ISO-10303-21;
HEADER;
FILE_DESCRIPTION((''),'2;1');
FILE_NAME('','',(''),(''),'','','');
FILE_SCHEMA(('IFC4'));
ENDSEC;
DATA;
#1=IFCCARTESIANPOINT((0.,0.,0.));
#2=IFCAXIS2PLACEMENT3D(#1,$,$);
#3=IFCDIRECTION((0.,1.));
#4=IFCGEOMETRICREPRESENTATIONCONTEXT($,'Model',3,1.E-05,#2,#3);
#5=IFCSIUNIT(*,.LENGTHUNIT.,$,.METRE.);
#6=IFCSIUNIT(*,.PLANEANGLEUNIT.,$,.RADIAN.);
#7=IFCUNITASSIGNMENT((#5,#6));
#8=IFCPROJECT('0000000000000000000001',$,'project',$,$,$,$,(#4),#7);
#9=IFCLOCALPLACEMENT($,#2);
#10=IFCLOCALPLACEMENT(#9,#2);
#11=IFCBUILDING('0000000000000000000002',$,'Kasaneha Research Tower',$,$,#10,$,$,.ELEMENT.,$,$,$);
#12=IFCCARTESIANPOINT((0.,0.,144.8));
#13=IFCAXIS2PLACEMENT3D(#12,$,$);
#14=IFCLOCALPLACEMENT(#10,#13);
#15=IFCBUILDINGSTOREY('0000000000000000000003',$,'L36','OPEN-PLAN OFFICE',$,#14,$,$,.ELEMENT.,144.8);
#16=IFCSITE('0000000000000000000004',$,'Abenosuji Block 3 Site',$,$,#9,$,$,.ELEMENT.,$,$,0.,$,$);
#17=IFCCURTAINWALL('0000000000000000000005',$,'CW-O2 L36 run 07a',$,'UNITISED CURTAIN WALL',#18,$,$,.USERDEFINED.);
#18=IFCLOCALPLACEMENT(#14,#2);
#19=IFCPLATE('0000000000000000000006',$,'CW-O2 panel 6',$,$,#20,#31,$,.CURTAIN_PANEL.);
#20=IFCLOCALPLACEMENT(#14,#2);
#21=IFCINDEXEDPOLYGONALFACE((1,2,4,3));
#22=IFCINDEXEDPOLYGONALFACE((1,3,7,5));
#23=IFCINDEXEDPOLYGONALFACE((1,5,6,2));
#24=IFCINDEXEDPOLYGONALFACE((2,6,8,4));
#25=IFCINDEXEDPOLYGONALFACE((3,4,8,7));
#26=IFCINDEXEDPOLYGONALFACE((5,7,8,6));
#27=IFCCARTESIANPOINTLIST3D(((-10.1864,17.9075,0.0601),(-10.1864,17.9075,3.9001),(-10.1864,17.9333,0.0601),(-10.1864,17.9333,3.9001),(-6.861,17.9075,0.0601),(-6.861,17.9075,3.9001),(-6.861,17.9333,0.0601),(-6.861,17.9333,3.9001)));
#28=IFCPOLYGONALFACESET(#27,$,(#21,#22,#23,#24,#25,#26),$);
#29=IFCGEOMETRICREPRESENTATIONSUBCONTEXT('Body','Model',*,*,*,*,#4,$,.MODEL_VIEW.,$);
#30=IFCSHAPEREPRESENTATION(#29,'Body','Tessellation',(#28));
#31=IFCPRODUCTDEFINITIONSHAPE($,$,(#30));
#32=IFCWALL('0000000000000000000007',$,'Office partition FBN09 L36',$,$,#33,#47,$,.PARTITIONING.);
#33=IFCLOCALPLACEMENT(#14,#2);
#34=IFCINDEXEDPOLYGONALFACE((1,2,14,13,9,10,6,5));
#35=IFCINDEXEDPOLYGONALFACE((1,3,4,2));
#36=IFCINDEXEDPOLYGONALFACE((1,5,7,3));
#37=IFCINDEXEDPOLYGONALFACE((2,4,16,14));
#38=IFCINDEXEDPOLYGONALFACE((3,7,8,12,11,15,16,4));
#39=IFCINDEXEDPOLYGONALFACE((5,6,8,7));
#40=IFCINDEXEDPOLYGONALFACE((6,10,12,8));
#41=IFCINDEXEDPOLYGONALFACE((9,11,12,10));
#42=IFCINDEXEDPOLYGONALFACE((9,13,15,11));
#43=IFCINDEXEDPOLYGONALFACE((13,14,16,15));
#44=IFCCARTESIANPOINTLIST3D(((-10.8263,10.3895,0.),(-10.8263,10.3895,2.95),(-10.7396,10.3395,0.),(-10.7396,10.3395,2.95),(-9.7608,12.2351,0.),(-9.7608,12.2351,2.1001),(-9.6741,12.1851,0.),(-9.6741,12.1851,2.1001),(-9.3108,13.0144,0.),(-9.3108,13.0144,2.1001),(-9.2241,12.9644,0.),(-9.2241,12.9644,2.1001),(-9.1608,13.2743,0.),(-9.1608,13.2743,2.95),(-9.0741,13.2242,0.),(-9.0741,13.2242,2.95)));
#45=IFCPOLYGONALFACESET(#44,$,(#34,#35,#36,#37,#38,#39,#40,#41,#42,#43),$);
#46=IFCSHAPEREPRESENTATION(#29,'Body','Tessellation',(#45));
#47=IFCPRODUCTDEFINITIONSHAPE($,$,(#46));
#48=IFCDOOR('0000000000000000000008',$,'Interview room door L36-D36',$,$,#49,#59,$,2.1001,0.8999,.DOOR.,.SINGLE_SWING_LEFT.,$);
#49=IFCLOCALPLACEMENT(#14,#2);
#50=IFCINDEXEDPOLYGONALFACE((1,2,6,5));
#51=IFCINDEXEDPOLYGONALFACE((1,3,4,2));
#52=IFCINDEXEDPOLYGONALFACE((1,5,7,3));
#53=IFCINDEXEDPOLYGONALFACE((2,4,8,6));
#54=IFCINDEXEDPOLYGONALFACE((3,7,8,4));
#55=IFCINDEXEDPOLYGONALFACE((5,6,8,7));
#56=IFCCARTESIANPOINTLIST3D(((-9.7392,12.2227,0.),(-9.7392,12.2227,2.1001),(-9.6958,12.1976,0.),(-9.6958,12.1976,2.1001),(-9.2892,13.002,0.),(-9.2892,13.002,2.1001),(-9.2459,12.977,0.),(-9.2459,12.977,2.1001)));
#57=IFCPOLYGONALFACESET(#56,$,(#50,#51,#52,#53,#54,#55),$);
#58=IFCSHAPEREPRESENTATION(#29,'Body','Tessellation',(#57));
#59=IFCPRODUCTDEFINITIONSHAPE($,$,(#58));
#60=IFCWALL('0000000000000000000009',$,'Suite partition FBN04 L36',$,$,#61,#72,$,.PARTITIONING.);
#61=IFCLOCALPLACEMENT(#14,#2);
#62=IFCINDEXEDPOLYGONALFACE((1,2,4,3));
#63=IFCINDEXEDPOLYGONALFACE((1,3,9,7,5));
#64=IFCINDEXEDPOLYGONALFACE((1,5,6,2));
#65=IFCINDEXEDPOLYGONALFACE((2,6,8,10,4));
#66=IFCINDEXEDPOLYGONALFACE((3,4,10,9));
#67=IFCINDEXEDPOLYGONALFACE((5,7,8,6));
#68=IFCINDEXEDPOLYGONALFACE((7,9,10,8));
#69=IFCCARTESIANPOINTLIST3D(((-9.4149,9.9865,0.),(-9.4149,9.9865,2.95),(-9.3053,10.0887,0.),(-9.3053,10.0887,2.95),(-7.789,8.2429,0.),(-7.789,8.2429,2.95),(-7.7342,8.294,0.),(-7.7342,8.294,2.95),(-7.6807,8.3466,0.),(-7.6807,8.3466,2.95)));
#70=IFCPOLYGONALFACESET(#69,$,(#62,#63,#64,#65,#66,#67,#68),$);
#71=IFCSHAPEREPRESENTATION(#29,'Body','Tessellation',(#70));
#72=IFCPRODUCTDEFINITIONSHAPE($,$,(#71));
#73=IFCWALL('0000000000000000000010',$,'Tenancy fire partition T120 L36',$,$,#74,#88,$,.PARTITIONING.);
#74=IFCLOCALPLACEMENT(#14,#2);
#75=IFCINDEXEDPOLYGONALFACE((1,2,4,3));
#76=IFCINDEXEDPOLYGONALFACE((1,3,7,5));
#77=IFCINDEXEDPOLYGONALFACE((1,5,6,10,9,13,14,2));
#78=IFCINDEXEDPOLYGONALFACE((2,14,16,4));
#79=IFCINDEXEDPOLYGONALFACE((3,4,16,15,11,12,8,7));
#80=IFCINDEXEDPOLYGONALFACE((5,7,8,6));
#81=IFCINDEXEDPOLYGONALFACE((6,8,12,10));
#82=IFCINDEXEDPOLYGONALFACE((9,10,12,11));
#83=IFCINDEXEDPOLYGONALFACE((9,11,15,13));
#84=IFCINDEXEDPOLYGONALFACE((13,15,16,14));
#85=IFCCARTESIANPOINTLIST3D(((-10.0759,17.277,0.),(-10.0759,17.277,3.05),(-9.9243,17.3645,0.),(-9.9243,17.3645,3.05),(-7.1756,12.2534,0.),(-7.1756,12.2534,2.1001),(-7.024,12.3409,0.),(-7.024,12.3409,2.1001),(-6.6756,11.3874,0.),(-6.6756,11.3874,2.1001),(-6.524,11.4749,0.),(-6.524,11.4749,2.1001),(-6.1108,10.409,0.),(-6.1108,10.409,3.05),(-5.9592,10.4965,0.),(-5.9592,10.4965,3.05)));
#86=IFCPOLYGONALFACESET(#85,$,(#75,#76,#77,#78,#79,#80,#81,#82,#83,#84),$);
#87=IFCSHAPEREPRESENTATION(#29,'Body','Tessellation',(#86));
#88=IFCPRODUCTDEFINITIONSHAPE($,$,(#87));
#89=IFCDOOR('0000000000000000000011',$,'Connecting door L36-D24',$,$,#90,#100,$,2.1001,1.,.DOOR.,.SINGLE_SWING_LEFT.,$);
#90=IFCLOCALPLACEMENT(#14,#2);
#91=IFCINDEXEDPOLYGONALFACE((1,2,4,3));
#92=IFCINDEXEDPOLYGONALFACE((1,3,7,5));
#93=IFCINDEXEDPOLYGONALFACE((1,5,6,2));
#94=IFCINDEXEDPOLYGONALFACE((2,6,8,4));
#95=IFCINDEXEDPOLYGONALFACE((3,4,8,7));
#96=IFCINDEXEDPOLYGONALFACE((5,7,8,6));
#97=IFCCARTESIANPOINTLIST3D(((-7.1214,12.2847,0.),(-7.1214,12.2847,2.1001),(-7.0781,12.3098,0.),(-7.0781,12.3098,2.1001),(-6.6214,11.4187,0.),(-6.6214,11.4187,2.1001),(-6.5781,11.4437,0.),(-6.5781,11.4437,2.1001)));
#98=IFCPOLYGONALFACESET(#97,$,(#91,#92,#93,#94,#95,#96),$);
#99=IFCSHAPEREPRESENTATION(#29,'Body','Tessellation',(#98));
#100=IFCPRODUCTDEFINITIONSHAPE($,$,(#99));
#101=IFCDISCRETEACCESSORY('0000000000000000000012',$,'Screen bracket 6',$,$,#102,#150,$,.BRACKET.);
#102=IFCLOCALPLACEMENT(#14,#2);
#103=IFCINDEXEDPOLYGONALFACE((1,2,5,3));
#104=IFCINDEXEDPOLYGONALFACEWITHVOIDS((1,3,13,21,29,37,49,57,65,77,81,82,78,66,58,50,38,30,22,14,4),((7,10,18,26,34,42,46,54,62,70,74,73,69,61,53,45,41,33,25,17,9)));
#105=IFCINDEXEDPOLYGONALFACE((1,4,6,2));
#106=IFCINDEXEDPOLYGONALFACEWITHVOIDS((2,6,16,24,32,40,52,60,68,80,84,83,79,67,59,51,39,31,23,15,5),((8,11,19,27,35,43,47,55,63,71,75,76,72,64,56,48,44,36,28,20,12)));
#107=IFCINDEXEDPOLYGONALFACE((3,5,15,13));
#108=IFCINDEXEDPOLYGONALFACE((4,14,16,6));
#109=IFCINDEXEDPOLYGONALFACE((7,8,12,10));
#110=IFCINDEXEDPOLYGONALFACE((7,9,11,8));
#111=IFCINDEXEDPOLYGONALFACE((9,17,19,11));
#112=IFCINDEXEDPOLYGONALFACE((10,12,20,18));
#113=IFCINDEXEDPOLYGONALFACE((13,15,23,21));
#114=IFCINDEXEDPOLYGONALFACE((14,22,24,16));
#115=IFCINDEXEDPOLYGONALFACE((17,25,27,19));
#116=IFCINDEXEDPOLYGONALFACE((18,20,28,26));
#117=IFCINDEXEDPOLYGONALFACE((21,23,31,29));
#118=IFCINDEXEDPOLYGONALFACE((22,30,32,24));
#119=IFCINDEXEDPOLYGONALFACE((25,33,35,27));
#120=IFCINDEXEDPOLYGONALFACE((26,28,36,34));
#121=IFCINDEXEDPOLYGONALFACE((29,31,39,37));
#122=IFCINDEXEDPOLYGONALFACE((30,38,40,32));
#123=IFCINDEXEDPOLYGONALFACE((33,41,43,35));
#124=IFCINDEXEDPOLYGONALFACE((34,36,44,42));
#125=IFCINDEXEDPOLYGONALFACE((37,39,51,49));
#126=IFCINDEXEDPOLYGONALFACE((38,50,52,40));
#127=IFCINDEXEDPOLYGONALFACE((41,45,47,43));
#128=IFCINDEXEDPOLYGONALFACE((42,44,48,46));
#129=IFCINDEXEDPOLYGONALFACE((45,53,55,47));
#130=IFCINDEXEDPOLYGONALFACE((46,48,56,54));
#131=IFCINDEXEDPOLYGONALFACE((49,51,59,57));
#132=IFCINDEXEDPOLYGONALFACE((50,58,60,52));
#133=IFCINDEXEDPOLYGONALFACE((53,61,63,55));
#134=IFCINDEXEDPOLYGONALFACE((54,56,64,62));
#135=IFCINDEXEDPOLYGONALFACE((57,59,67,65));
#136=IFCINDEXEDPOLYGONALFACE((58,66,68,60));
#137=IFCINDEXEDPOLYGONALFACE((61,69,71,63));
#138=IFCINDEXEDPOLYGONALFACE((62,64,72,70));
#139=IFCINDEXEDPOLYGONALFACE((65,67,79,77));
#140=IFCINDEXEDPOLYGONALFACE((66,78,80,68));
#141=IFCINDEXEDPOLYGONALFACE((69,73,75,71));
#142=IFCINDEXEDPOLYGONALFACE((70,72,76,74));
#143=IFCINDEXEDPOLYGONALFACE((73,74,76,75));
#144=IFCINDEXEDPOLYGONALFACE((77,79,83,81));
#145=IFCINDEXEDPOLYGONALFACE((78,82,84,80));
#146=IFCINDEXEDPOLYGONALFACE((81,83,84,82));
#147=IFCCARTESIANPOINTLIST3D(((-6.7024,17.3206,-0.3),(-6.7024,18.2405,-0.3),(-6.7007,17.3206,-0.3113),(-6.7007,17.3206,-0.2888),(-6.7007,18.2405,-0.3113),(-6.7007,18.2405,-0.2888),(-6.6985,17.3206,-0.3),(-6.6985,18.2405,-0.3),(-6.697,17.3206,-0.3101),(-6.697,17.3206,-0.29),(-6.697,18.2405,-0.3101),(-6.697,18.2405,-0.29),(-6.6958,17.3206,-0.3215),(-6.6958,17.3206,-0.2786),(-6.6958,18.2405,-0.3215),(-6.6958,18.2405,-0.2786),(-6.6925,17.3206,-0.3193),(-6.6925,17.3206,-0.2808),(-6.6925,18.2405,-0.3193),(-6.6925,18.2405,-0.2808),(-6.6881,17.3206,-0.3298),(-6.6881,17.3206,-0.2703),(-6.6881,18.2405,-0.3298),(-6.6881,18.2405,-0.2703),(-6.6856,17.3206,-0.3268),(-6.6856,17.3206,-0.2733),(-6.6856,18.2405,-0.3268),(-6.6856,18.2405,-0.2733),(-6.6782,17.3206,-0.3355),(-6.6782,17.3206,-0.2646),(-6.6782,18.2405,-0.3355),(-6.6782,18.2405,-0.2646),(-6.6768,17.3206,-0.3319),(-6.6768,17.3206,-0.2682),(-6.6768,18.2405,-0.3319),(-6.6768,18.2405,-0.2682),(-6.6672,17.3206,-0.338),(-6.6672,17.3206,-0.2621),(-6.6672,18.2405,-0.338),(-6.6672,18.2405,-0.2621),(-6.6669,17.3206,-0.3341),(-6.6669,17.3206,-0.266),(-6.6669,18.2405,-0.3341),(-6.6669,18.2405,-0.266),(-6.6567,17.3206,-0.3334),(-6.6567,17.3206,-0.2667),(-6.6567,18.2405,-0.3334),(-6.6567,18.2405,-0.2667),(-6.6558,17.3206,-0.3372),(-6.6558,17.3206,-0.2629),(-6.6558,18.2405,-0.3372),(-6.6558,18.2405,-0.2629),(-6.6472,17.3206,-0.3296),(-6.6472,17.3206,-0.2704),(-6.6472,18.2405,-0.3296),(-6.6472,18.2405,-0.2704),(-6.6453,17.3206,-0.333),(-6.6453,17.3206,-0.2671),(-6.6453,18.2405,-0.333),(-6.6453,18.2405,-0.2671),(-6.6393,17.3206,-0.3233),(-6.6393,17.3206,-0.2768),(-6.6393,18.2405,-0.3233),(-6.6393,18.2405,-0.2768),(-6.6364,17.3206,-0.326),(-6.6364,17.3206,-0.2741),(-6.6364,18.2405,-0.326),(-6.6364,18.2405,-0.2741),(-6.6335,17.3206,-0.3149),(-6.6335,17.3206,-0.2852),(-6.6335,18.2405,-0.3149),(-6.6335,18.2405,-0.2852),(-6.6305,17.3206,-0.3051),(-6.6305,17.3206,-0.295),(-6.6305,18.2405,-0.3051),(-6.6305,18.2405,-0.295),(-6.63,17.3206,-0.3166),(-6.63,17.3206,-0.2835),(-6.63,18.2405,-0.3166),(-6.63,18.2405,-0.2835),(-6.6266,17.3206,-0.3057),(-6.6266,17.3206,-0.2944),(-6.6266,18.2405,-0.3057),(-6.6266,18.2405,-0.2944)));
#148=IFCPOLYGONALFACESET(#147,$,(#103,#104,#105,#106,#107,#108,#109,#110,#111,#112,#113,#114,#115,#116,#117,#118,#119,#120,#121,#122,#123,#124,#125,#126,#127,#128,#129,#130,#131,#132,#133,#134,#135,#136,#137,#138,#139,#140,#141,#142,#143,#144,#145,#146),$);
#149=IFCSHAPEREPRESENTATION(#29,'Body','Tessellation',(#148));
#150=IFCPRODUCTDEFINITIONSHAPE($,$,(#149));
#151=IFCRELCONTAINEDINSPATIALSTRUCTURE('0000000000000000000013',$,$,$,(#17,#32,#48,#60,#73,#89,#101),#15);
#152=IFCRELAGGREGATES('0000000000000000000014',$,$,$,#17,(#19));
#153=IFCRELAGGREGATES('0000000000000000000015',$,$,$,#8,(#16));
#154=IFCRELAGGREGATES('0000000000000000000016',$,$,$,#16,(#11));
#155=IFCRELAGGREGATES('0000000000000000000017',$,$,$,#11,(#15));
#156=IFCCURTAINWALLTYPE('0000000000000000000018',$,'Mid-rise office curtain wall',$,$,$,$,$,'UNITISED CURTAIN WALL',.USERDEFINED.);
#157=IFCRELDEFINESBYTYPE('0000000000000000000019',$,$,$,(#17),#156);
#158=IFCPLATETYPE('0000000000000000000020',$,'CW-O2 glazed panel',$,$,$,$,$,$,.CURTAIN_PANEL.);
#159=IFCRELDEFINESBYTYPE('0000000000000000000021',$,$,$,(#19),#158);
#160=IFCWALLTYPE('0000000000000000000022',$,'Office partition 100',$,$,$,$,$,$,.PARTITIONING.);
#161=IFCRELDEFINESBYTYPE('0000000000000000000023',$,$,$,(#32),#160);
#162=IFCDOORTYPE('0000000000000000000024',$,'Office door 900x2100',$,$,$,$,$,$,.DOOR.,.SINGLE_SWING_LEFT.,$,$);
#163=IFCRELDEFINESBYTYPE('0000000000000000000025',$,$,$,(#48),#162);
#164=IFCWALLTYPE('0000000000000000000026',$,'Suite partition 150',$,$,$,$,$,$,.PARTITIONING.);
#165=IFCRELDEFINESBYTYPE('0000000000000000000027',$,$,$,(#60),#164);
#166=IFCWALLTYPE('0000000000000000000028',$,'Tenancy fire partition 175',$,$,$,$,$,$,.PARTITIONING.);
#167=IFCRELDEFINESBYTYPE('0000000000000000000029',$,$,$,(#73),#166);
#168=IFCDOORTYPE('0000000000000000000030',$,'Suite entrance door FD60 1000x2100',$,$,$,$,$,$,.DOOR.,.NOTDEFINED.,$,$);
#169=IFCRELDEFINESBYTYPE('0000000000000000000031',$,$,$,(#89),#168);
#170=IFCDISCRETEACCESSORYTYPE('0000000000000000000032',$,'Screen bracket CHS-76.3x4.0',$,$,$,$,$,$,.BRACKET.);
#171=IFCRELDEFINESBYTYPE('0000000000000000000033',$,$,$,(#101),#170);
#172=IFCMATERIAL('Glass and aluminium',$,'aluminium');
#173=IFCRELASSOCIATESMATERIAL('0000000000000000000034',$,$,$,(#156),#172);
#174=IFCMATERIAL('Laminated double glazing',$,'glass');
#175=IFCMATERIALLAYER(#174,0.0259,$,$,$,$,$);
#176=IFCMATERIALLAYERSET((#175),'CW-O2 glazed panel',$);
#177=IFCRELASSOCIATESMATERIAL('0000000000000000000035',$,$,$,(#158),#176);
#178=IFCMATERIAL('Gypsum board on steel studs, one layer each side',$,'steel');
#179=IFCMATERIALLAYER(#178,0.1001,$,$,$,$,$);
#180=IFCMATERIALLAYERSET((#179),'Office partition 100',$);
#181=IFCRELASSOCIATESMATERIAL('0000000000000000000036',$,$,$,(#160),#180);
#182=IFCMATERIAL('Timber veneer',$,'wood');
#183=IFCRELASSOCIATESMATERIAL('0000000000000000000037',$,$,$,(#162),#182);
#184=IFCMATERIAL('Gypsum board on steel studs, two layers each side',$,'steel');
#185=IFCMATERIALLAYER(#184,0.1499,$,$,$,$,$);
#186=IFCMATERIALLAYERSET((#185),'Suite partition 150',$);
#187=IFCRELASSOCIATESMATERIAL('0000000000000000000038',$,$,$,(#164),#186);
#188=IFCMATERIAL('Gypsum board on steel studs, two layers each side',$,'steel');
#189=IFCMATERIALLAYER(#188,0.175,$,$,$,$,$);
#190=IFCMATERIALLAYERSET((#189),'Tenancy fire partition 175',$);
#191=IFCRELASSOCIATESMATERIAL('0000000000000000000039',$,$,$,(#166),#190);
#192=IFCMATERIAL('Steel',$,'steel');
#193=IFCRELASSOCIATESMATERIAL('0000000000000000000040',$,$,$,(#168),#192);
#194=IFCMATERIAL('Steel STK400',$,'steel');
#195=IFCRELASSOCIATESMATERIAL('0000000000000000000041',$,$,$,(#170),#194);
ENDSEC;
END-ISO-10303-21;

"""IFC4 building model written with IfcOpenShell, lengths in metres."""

from ifc_helpers import new_model, si_unit, direction, frame, frame_2d, origin, origin_2d, place, context, subcontext, project, spatial, polyline, rectangle, hollow_circle, outline, extrude, material, layer, layer_set, material_profile, profile_set, type_object, element, fill, aggregate, save


model = new_model("IFC4")

# Units and contexts
model_context = context("Model", 3, precision=1e-05, world=origin(), true_north=direction((0.0, 1.0)))
body_context = subcontext(model_context, "Body", "Model", "MODEL_VIEW")
ifc_project = project(units=[si_unit("LENGTHUNIT", "METRE"), si_unit("PLANEANGLEUNIT", "RADIAN")], contexts=[model_context])

# Site, building, storey
site_placement = place(None, origin())
site = spatial("IfcSite", under=ifc_project, at=site_placement, Name="Abenosuji Block 3 Site", CompositionType="ELEMENT", RefElevation=0.0)
building_placement = place(site_placement, origin())
building = spatial("IfcBuilding", under=site, at=building_placement, Name="Kasaneha Research Tower", CompositionType="ELEMENT")
storey_placement = place(building_placement, frame((0.0, 0.0, 144.8)))
storey = spatial("IfcBuildingStorey", under=building, at=storey_placement, Name="L36", Description="OPEN-PLAN OFFICE", CompositionType="ELEMENT", Elevation=144.8)

# Curtain wall
ifc_material_1 = material(Name="Glass and aluminium", Category="aluminium")
curtain_wall_type = type_object("IfcCurtainWallType", Name="Mid-rise office curtain wall", ElementType="UNITISED CURTAIN WALL", PredefinedType="USERDEFINED", material=ifc_material_1)
curtain_wall_placement = place(storey_placement, origin())
curtain_wall = element("IfcCurtainWall", 1, at=curtain_wall_placement, inside=storey, type_object=curtain_wall_type, Name="CW-O2 L36 run 07a", ObjectType="UNITISED CURTAIN WALL", PredefinedType="USERDEFINED")

# Plate
ifc_material_2 = material(Name="Laminated double glazing", Category="glass")
ifc_layer_1 = layer(ifc_material_2, 0.0259)
ifc_layer_set_1 = layer_set([ifc_layer_1], Name="CW-O2 glazed panel")
plate_type = type_object("IfcPlateType", Name="CW-O2 glazed panel", PredefinedType="CURTAIN_PANEL", material=ifc_layer_set_1)
plate_placement = place(storey_placement, frame((-8.5237, 17.9204, 0.0601), z_axis=(0.0, 0.0, 1.0), x_axis=(-1.0, 0.0, 0.0)))
plate = element("IfcPlate", 2, at=plate_placement, type_object=plate_type, Name="CW-O2 panel 6", PredefinedType="CURTAIN_PANEL", context=body_context, shape_type="SweptSolid", body=[
    extrude(rectangle(XDim=3.3254, YDim=0.0259, at=origin_2d()), origin(), (0.0, 0.0, 1.0), 3.8401),
])
aggregate(curtain_wall, [plate])

# Wall, opening, door
ifc_material_3 = material(Name="Gypsum board on steel studs, one layer each side", Category="steel")
ifc_layer_2 = layer(ifc_material_3, 0.1001)
ifc_layer_set_2 = layer_set([ifc_layer_2], Name="Office partition 100")
wall_type_1 = type_object("IfcWallType", Name="Office partition 100", PredefinedType="PARTITIONING", material=ifc_layer_set_2)
wall_1_placement = place(storey_placement, frame((-9.1174, 13.2493, 0.0), z_axis=(0.0, 0.0, 1.0), x_axis=(-0.500002, -0.866024, 0.0)))
wall_1 = element("IfcWall", 3, at=wall_1_placement, inside=storey, type_object=wall_type_1, Name="Office partition FBN09 L36", PredefinedType="PARTITIONING", context=body_context, shape_type="SweptSolid", body=[
    extrude(rectangle(XDim=3.3311, YDim=0.1001, at=frame_2d((1.6655, 0.0))), origin(), (0.0, 0.0, 1.0), 2.95),
])
opening_1_placement = place(wall_1_placement, frame((0.3, 0.0, 0.0)))
opening_1 = element("IfcOpeningElement", 4, at=opening_1_placement, cuts=wall_1, PredefinedType="OPENING", context=body_context, shape_type="SweptSolid", body=[
    extrude(rectangle(XDim=0.8999, YDim=2.1001, at=frame_2d((0.45, 1.05))), frame((0.0, 0.0601, 0.0), z_axis=(0.0, -1.0, 0.0), x_axis=(1.0, 0.0, 0.0)), (0.0, 0.0, 1.0), 0.1201),
])
ifc_material_4 = material(Name="Timber veneer", Category="wood")
door_type_1 = type_object("IfcDoorType", Name="Office door 900x2100", OperationType="SINGLE_SWING_LEFT", PredefinedType="DOOR", material=ifc_material_4)
door_1_placement = place(opening_1_placement, origin())
door_1 = element("IfcDoor", 5, at=door_1_placement, inside=storey, type_object=door_type_1, Name="Interview room door L36-D36", OperationType="SINGLE_SWING_LEFT", OverallHeight=2.1001, OverallWidth=0.8999, PredefinedType="DOOR", context=body_context, shape_type="SweptSolid", body=[
    extrude(rectangle(XDim=0.8999, YDim=2.1001, at=frame_2d((0.45, 1.05))), frame((0.0, 0.0249, 0.0), z_axis=(0.0, -1.0, 0.0), x_axis=(1.0, 0.0, 0.0)), (0.0, 0.0, 1.0), 0.05),
])
fill(opening_1, door_1)

# Wall
ifc_material_5 = material(Name="Gypsum board on steel studs, two layers each side", Category="steel")
ifc_layer_3 = layer(ifc_material_5, 0.1499)
ifc_layer_set_3 = layer_set([ifc_layer_3], Name="Suite partition 150")
wall_type_2 = type_object("IfcWallType", Name="Suite partition 150", PredefinedType="PARTITIONING", material=ifc_layer_set_3)
wall_2_placement = place(storey_placement, frame((-9.3601, 10.0376, 0.0), z_axis=(0.0, 0.0, 1.0), x_axis=(0.681997, -0.731355, 0.0)))
element("IfcWall", 6, at=wall_2_placement, inside=storey, type_object=wall_type_2, Name="Suite partition FBN04 L36", PredefinedType="PARTITIONING", context=body_context, shape_type="SweptSolid", body=[
    extrude(outline(polyline([(0.0, -0.075), (2.384, -0.075), (2.384, 0.0), (2.3821, 0.075), (0.0, 0.075), (0.0, -0.075)])), origin(), (0.0, 0.0, 1.0), 2.95),
])

# Wall, opening, door
ifc_material_6 = material(Name="Gypsum board on steel studs, two layers each side", Category="steel")
ifc_layer_4 = layer(ifc_material_6, 0.175)
ifc_layer_set_4 = layer_set([ifc_layer_4], Name="Tenancy fire partition 175")
wall_type_3 = type_object("IfcWallType", Name="Tenancy fire partition 175", PredefinedType="PARTITIONING", material=ifc_layer_set_4)
wall_3_placement = place(storey_placement, frame((-6.0349, 10.4526, 0.0), z_axis=(0.0, 0.0, 1.0), x_axis=(-0.49999, 0.866031, 0.0)))
wall_3 = element("IfcWall", 7, at=wall_3_placement, inside=storey, type_object=wall_type_3, Name="Tenancy fire partition T120 L36", PredefinedType="PARTITIONING", context=body_context, shape_type="SweptSolid", body=[
    extrude(rectangle(XDim=7.9304, YDim=0.175, at=frame_2d((3.9653, 0.0))), origin(), (0.0, 0.0, 1.0), 3.05),
])
opening_2_placement = place(wall_3_placement, frame((1.1299, 0.0, 0.0)))
opening_2 = element("IfcOpeningElement", 8, at=opening_2_placement, cuts=wall_3, PredefinedType="OPENING", context=body_context, shape_type="SweptSolid", body=[
    extrude(rectangle(XDim=1.0, YDim=2.1001, at=frame_2d((0.5, 1.05))), frame((0.0, 0.0977, 0.0), z_axis=(0.0, -1.0, 0.0), x_axis=(1.0, 0.0, 0.0)), (0.0, 0.0, 1.0), 0.1951),
])
ifc_material_7 = material(Name="Steel", Category="steel")
door_type_2 = type_object("IfcDoorType", Name="Suite entrance door FD60 1000x2100", OperationType="NOTDEFINED", PredefinedType="DOOR", material=ifc_material_7)
door_2_placement = place(opening_2_placement, origin())
door_2 = element("IfcDoor", 9, at=door_2_placement, inside=storey, type_object=door_type_2, Name="Connecting door L36-D24", OperationType="SINGLE_SWING_LEFT", OverallHeight=2.1001, OverallWidth=1.0, PredefinedType="DOOR", context=body_context, shape_type="SweptSolid", body=[
    extrude(rectangle(XDim=1.0, YDim=2.1001, at=frame_2d((0.5, 1.05))), frame((0.0, 0.0249, 0.0), z_axis=(0.0, -1.0, 0.0), x_axis=(1.0, 0.0, 0.0)), (0.0, 0.0, 1.0), 0.05),
])
fill(opening_2, door_2)

# Discrete accessory
ifc_material_8 = material(Name="Steel STK400", Category="steel")
ifc_material_profile_1 = material_profile(ifc_material_8, hollow_circle(Radius=0.0381, WallThickness=0.0039, at=origin_2d()), Name="CHS-76.3x4.0")
ifc_profile_set_1 = profile_set([ifc_material_profile_1], Name="Steel STK400")
discrete_accessory_type = type_object("IfcDiscreteAccessoryType", Name="Screen bracket CHS-76.3x4.0", PredefinedType="BRACKET", material=ifc_profile_set_1)
for number, where, z_axis, x_axis, name in (
    (10, (-6.6643, 17.3206, -0.3), (0.0, 1.0, 0.0), (-1.0, 0.0, 0.0), "Screen bracket 6"),
):
    element("IfcDiscreteAccessory", number, at=place(storey_placement, frame(where, z_axis=z_axis, x_axis=x_axis)), inside=storey, type_object=discrete_accessory_type, Name=name, PredefinedType="BRACKET", context=body_context, shape_type="SweptSolid", body=[
        extrude(hollow_circle(Radius=0.0381, WallThickness=0.0039, at=origin_2d()), origin(), (0.0, 0.0, 1.0), 0.9199),
    ])

save(model, "model.ifc")
